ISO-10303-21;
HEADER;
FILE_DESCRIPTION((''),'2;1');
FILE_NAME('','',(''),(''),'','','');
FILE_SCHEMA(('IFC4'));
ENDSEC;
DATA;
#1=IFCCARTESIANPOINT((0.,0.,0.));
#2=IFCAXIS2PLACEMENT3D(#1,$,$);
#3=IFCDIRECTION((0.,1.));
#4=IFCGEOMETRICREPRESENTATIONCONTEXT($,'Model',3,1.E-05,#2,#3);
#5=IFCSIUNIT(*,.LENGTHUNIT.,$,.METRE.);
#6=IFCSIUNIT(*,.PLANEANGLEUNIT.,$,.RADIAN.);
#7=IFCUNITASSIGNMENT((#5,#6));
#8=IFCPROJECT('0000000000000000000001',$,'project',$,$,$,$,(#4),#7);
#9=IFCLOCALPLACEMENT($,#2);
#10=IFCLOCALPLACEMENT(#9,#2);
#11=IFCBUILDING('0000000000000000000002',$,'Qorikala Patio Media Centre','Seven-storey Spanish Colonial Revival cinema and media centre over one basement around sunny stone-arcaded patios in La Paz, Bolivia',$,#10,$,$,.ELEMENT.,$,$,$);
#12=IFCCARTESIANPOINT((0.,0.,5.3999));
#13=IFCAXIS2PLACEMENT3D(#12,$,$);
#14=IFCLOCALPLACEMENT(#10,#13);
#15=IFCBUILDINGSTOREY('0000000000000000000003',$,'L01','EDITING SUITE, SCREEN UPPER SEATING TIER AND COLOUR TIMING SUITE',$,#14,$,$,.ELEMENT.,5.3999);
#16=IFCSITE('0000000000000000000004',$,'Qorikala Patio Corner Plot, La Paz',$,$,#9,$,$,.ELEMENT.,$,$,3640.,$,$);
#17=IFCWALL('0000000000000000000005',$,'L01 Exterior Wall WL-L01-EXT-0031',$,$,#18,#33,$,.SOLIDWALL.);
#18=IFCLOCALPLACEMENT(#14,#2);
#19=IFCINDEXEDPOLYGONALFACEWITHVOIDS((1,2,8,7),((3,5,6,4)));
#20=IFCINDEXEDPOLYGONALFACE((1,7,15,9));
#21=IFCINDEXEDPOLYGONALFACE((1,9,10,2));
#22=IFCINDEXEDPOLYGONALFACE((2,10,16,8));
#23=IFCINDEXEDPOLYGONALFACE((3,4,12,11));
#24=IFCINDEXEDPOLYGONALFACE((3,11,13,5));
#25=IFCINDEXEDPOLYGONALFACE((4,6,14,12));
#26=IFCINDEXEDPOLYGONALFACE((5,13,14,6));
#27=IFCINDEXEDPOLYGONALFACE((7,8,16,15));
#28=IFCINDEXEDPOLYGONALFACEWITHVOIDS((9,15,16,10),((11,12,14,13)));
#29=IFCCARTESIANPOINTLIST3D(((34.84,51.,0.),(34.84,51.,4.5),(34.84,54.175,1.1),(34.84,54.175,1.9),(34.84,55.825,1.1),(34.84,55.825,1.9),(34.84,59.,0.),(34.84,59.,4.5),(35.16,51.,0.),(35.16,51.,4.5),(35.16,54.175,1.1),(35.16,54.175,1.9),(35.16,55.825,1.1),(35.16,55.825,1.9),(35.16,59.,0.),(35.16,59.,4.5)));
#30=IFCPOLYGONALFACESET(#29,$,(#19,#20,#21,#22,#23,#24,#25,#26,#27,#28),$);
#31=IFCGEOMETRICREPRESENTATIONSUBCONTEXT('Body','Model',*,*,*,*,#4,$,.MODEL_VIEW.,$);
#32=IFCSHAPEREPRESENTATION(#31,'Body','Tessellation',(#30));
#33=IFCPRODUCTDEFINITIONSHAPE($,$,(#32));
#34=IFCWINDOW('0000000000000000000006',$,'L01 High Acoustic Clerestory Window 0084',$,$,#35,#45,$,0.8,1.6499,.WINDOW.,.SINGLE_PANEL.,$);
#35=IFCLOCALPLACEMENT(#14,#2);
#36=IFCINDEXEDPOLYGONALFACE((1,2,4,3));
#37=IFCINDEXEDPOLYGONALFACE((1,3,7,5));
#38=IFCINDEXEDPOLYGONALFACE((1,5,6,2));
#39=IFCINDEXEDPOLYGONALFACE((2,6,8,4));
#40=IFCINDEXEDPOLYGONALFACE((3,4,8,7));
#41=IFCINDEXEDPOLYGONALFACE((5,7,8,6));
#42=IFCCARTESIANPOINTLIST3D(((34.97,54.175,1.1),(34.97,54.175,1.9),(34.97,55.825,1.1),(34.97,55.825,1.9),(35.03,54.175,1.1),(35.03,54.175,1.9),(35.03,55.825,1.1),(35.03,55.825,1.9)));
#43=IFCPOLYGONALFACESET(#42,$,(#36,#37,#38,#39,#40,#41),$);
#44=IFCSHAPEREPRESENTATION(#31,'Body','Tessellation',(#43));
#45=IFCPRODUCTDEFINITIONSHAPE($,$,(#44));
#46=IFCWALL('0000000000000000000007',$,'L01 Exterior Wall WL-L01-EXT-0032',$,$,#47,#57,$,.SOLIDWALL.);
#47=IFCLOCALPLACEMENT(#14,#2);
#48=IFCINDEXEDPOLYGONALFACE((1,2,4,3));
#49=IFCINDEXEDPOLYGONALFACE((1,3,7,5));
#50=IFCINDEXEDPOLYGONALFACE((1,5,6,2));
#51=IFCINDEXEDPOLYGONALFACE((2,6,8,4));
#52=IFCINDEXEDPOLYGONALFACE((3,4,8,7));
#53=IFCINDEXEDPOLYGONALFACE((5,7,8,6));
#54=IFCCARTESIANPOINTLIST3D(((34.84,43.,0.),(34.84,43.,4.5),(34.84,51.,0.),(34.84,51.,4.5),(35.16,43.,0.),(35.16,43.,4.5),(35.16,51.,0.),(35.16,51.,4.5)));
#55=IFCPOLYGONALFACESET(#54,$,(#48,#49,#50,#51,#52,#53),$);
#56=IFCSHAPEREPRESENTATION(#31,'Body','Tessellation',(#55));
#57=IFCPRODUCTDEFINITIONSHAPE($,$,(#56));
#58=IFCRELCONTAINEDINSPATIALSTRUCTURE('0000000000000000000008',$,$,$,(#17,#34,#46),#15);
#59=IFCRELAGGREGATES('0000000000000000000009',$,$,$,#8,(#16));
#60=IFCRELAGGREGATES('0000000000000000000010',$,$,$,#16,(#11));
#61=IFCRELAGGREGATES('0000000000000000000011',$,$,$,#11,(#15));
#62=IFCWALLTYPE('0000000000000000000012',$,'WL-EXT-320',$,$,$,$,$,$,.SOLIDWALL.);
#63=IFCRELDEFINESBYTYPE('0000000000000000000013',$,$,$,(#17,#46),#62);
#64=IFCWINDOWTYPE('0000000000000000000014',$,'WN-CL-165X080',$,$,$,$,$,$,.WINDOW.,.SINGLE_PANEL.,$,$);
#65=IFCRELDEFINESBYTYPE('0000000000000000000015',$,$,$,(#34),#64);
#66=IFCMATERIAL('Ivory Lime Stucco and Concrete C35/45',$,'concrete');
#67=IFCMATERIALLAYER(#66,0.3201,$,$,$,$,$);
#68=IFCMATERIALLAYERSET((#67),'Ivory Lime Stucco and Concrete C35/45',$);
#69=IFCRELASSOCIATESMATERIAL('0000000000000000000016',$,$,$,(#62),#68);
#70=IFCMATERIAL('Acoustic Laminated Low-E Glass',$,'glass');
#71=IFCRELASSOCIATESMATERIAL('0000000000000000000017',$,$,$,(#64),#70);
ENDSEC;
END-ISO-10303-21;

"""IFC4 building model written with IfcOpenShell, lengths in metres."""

from ifc_helpers import new_model, si_unit, direction, frame, frame_2d, origin, place, context, subcontext, project, spatial, rectangle, extrude, material, layer, layer_set, type_object, element, fill, save


model = new_model("IFC4")

# Units and contexts
model_context = context("Model", 3, precision=1e-05, world=origin(), true_north=direction((0.0, 1.0)))
body_context = subcontext(model_context, "Body", "Model", "MODEL_VIEW")
ifc_project = project(units=[si_unit("LENGTHUNIT", "METRE"), si_unit("PLANEANGLEUNIT", "RADIAN")], contexts=[model_context])

# Site, building, storey
site_placement = place(None, origin())
site = spatial("IfcSite", under=ifc_project, at=site_placement, Name="Qorikala Patio Corner Plot, La Paz", CompositionType="ELEMENT", RefElevation=3640.0)
building_placement = place(site_placement, origin())
building = spatial("IfcBuilding", under=site, at=building_placement, Name="Qorikala Patio Media Centre", Description="Seven-storey Spanish Colonial Revival cinema and media centre over one basement around sunny stone-arcaded patios in La Paz, Bolivia", CompositionType="ELEMENT")
storey_placement = place(building_placement, frame((0.0, 0.0, 5.3999)))
storey = spatial("IfcBuildingStorey", under=building, at=storey_placement, Name="L01", Description="EDITING SUITE, SCREEN UPPER SEATING TIER AND COLOUR TIMING SUITE", CompositionType="ELEMENT", Elevation=5.3999)

# Shared definitions
ifc_material_1 = material(Name="Ivory Lime Stucco and Concrete C35/45", Category="concrete")
ifc_layer_1 = layer(ifc_material_1, 0.3201)
ifc_layer_set_1 = layer_set([ifc_layer_1], Name="Ivory Lime Stucco and Concrete C35/45")
wall_type = type_object("IfcWallType", Name="WL-EXT-320", PredefinedType="SOLIDWALL", material=ifc_layer_set_1)

# Wall, opening, window
wall_1_placement = place(storey_placement, frame((35.0, 59.0, 0.0), z_axis=(0.0, 0.0, 1.0), x_axis=(0.0, -1.0, 0.0)))
wall_1 = element("IfcWall", 1, at=wall_1_placement, inside=storey, type_object=wall_type, Name="L01 Exterior Wall WL-L01-EXT-0031", PredefinedType="SOLIDWALL", context=body_context, shape_type="SweptSolid", body=[
    extrude(rectangle(XDim=8.0, YDim=0.3201, at=frame_2d((4.0, 0.0))), origin(), (0.0, 0.0, 1.0), 4.5),
])
opening_placement = place(wall_1_placement, frame((3.175, 0.0, 1.1001)))
opening = element("IfcOpeningElement", 2, at=opening_placement, cuts=wall_1, PredefinedType="OPENING", context=body_context, shape_type="SweptSolid", body=[
    extrude(rectangle(XDim=1.6499, YDim=0.8, at=frame_2d((0.825, 0.3999))), frame((0.0, 0.1699, 0.0), z_axis=(0.0, -1.0, 0.0), x_axis=(1.0, 0.0, 0.0)), (0.0, 0.0, 1.0), 0.3401),
])
ifc_material_2 = material(Name="Acoustic Laminated Low-E Glass", Category="glass")
window_type = type_object("IfcWindowType", Name="WN-CL-165X080", PartitioningType="SINGLE_PANEL", PredefinedType="WINDOW", material=ifc_material_2)
window_placement = place(opening_placement, origin())
window = element("IfcWindow", 3, at=window_placement, inside=storey, type_object=window_type, Name="L01 High Acoustic Clerestory Window 0084", OverallHeight=0.8, OverallWidth=1.6499, PartitioningType="SINGLE_PANEL", PredefinedType="WINDOW", context=body_context, shape_type="SweptSolid", body=[
    extrude(rectangle(XDim=1.6499, YDim=0.8, at=frame_2d((0.825, 0.3999))), frame((0.0, 0.03, 0.0), z_axis=(0.0, -1.0, 0.0), x_axis=(1.0, 0.0, 0.0)), (0.0, 0.0, 1.0), 0.0601),
])
fill(opening, window)

# Wall
wall_2_placement = place(storey_placement, frame((35.0, 51.0, 0.0), z_axis=(0.0, 0.0, 1.0), x_axis=(0.0, -1.0, 0.0)))
element("IfcWall", 4, at=wall_2_placement, inside=storey, type_object=wall_type, Name="L01 Exterior Wall WL-L01-EXT-0032", PredefinedType="SOLIDWALL", context=body_context, shape_type="SweptSolid", body=[
    extrude(rectangle(XDim=8.0, YDim=0.3201, at=frame_2d((4.0, 0.0))), origin(), (0.0, 0.0, 1.0), 4.5),
])

save(model, "model.ifc")
